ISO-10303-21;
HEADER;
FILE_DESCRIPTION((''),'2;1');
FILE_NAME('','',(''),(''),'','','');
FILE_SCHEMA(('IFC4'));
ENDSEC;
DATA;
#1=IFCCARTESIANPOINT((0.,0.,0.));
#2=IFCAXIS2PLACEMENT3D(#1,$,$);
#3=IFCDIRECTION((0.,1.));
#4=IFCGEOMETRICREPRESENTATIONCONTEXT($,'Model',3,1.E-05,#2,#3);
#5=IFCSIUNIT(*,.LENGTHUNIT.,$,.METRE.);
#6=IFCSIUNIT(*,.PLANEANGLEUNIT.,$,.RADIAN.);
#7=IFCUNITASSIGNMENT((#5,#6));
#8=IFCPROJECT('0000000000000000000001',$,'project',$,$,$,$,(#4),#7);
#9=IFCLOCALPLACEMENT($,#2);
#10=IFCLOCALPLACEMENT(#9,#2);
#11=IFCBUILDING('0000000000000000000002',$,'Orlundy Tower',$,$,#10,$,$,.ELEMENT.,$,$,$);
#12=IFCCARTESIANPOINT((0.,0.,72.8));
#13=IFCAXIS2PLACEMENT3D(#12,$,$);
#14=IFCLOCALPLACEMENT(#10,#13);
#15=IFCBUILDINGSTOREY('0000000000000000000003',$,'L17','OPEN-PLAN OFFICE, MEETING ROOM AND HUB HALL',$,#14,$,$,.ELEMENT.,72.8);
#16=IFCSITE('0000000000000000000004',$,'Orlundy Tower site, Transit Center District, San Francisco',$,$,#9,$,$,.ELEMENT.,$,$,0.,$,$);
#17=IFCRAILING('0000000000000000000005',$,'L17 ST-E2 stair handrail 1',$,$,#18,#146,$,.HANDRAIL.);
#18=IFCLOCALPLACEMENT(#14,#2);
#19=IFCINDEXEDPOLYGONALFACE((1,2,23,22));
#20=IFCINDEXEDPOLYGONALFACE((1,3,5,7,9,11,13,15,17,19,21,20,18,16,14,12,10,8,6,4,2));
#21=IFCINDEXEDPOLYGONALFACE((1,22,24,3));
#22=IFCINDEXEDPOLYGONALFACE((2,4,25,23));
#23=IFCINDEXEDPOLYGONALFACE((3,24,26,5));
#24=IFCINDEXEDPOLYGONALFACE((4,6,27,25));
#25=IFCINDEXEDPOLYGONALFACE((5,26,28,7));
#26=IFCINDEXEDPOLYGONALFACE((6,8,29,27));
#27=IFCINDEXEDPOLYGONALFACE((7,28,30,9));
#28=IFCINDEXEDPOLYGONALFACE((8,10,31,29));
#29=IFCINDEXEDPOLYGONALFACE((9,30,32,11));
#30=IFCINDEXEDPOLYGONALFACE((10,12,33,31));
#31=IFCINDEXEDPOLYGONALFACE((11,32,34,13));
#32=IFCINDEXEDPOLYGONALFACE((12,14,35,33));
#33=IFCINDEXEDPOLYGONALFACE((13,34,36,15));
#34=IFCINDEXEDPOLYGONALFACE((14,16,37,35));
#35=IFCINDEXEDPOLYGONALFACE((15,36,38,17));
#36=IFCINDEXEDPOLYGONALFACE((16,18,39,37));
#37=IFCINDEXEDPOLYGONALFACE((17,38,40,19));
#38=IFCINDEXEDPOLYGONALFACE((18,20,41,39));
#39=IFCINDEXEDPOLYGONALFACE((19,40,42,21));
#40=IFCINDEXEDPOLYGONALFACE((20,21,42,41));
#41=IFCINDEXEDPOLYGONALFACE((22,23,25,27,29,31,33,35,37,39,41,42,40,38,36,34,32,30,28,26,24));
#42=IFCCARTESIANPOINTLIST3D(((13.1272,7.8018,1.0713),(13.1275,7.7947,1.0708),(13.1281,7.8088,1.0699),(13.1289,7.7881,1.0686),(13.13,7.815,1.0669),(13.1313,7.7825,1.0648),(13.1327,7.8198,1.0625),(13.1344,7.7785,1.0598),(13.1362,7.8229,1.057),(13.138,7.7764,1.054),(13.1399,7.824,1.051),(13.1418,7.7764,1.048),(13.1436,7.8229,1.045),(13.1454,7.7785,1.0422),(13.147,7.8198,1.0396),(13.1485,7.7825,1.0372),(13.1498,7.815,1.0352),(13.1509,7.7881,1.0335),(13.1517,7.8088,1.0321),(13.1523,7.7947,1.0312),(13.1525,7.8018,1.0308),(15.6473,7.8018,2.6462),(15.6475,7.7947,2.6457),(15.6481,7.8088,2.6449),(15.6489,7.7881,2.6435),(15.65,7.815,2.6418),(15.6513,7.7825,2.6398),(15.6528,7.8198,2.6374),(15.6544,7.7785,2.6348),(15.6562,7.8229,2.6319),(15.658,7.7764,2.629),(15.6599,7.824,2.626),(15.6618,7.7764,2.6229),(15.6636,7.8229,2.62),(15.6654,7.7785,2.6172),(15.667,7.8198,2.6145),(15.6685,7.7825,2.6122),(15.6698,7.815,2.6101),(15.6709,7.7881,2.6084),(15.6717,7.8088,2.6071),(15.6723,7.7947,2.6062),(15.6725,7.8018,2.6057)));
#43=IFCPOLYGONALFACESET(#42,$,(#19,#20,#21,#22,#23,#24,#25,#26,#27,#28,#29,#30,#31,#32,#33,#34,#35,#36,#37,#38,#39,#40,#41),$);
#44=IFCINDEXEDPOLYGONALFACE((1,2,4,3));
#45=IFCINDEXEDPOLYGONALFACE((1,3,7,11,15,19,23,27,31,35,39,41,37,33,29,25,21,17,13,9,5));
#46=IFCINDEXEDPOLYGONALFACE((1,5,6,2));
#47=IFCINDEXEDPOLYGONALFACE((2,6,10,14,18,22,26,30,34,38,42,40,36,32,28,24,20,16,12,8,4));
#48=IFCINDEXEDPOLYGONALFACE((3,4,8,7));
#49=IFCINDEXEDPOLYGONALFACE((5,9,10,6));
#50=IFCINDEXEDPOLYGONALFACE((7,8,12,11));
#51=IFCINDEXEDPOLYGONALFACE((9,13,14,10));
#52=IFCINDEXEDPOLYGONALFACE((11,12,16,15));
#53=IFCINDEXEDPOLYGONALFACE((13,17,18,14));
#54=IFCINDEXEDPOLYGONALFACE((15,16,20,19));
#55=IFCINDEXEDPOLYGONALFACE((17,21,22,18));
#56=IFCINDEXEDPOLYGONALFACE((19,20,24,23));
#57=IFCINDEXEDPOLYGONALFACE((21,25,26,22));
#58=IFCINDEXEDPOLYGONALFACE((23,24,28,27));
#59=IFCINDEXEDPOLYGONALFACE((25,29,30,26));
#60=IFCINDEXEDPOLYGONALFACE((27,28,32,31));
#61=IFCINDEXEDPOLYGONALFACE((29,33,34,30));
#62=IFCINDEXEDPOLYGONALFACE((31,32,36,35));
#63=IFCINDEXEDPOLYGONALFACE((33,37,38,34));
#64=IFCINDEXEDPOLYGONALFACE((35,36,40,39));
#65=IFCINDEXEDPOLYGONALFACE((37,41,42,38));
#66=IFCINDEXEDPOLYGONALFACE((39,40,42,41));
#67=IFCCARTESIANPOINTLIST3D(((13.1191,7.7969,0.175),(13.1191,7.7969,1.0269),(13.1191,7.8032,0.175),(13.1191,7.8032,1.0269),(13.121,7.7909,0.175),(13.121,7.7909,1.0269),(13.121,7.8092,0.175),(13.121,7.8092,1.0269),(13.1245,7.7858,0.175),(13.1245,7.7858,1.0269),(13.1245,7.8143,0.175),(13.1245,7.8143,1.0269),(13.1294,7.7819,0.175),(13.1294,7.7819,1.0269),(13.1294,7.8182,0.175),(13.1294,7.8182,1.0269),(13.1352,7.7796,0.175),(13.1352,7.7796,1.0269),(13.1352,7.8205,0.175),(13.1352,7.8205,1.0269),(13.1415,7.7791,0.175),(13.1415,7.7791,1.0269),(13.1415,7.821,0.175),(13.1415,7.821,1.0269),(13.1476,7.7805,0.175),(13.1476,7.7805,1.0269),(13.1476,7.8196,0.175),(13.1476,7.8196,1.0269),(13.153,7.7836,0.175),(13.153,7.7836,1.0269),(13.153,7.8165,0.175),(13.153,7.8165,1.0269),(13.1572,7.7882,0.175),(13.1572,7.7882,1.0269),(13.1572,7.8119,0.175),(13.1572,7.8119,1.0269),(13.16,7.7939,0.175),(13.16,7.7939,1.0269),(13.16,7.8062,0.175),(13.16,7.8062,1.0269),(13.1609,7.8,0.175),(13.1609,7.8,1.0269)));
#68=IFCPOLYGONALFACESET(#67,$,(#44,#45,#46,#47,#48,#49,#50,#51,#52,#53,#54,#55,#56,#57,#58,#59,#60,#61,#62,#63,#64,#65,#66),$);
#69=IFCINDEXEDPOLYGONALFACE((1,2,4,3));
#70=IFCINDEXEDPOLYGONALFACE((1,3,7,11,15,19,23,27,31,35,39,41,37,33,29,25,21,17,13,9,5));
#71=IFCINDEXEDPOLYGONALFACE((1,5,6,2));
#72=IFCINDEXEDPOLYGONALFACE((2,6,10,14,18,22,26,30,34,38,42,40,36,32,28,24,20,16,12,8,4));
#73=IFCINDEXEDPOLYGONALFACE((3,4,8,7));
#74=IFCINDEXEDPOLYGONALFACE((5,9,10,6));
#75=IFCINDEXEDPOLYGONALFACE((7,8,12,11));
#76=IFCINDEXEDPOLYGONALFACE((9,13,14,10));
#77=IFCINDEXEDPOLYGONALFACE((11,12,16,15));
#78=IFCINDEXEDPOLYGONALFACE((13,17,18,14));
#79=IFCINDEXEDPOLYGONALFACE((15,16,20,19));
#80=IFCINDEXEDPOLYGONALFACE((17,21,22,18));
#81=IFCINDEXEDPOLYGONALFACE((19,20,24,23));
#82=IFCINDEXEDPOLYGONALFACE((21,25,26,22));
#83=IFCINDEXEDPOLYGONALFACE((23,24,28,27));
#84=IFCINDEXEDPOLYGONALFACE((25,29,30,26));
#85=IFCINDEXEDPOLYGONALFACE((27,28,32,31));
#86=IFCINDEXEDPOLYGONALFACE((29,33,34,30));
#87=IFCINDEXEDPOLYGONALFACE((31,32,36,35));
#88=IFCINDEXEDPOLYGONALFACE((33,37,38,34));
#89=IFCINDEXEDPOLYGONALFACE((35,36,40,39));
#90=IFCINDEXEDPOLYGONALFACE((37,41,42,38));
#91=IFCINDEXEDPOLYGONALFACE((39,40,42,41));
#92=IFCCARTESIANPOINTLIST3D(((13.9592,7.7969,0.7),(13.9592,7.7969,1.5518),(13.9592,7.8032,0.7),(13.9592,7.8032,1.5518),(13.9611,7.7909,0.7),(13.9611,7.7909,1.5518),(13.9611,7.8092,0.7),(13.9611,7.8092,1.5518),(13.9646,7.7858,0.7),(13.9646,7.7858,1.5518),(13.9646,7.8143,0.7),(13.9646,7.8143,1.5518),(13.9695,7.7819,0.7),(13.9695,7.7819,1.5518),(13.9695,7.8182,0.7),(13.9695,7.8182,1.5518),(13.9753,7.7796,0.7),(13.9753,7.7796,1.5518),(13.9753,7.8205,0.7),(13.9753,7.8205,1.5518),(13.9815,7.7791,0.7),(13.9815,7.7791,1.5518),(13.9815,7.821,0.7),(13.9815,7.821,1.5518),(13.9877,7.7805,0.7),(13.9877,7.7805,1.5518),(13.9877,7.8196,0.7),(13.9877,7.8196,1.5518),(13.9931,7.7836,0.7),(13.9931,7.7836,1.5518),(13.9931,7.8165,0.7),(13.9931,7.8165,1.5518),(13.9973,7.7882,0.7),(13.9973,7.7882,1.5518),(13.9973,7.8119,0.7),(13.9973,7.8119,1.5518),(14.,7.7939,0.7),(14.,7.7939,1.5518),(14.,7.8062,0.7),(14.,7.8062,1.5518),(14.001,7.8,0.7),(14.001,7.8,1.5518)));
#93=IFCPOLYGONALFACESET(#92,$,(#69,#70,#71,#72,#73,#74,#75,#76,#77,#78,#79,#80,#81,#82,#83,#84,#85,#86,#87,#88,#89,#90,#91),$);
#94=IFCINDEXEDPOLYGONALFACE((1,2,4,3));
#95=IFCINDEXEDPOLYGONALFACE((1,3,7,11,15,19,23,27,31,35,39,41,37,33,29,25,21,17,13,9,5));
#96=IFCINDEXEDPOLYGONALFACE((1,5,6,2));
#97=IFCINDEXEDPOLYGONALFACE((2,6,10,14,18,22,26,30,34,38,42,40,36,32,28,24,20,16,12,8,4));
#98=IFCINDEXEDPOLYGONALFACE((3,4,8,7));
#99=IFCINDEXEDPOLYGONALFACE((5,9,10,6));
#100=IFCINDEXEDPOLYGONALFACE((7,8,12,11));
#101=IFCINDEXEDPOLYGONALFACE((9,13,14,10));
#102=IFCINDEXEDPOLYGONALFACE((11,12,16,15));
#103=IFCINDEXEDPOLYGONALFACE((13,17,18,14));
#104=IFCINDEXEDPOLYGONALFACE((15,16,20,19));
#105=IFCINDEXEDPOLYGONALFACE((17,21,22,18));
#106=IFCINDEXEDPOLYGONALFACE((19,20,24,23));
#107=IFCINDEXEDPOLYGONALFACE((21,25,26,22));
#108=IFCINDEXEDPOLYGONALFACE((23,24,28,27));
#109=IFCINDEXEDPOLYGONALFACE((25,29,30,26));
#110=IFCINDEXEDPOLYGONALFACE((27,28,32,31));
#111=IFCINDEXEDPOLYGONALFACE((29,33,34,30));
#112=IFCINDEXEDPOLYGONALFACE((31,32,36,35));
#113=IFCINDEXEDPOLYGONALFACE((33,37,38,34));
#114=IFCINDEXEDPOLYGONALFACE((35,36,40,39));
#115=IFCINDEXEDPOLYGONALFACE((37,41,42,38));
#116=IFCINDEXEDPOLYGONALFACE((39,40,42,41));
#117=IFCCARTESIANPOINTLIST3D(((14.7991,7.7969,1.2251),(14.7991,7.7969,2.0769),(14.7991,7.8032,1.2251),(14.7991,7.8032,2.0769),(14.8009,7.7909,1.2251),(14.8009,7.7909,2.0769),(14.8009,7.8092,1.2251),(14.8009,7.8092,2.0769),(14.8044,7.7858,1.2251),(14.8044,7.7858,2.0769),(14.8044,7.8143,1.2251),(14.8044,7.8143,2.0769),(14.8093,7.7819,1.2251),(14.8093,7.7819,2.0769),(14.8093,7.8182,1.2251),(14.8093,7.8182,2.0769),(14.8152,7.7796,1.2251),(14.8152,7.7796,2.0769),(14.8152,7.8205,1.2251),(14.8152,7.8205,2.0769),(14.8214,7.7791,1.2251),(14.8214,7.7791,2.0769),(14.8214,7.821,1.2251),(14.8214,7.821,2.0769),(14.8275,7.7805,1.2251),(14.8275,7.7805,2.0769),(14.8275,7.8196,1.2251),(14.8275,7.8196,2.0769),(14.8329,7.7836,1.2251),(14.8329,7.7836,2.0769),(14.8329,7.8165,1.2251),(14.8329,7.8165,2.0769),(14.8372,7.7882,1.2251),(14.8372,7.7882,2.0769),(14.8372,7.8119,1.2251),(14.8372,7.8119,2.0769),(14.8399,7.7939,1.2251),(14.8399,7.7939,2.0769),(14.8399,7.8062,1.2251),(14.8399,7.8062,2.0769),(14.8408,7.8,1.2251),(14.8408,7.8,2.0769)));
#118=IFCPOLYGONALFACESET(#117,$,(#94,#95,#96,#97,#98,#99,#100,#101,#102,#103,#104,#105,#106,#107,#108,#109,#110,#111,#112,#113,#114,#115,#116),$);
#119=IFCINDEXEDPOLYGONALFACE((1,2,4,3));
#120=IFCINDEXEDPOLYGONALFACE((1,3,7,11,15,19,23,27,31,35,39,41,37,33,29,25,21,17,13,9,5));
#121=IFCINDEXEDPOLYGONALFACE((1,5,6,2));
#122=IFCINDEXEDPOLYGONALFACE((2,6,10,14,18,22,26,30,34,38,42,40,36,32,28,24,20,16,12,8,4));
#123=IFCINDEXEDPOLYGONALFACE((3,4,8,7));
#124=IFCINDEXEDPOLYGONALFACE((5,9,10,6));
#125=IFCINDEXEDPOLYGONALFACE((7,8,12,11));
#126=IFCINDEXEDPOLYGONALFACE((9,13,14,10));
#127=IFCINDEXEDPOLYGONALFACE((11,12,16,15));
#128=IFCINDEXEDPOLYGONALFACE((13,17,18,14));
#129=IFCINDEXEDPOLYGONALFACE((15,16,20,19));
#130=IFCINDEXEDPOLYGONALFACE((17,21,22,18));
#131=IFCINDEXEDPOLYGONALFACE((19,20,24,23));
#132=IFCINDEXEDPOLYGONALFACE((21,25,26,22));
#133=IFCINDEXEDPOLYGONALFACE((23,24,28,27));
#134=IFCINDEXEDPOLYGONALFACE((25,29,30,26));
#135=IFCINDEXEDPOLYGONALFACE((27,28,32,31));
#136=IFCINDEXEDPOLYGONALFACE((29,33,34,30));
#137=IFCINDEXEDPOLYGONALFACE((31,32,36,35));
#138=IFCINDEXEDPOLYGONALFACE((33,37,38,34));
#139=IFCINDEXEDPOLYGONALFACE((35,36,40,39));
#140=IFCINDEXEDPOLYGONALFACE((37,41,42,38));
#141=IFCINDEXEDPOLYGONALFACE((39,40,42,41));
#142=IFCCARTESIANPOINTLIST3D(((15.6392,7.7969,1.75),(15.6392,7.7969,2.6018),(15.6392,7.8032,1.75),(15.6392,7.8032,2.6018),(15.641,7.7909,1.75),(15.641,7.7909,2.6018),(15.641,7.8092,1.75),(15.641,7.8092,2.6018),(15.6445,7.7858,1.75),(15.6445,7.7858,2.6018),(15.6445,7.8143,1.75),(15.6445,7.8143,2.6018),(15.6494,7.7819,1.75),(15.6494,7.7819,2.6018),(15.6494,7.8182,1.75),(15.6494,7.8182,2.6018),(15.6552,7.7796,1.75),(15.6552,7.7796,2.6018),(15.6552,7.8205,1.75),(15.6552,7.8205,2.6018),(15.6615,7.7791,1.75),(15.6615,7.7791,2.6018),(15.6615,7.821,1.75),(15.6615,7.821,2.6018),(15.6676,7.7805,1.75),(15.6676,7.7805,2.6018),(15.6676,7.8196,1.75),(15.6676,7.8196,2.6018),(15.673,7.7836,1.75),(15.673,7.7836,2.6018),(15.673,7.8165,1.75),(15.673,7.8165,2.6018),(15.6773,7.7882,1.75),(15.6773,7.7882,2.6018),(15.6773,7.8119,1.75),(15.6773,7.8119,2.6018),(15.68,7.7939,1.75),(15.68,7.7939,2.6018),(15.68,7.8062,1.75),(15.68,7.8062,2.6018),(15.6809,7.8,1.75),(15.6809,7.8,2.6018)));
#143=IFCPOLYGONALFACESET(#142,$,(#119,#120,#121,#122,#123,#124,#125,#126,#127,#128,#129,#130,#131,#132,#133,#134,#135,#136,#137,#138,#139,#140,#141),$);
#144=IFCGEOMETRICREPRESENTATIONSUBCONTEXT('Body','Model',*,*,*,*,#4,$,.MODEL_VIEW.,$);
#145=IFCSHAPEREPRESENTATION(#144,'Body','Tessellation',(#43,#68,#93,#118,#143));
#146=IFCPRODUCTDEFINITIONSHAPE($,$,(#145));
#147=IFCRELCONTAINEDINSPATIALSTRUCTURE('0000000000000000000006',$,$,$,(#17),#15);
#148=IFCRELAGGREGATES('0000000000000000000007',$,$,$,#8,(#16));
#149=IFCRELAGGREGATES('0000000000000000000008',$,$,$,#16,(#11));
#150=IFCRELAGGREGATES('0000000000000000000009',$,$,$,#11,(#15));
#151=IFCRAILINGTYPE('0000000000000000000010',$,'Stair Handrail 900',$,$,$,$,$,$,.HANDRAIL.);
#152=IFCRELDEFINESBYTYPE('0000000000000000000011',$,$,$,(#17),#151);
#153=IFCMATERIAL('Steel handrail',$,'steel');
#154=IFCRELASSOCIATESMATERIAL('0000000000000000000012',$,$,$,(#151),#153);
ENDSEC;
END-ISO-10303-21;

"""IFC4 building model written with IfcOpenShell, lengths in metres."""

from ifc_helpers import new_model, si_unit, direction, frame, origin, origin_2d, place, context, subcontext, project, spatial, circle, extrude, material, type_object, element, save


model = new_model("IFC4")

# Units and contexts
model_context = context("Model", 3, precision=1e-05, world=origin(), true_north=direction((0.0, 1.0)))
body_context = subcontext(model_context, "Body", "Model", "MODEL_VIEW")
ifc_project = project(units=[si_unit("LENGTHUNIT", "METRE"), si_unit("PLANEANGLEUNIT", "RADIAN")], contexts=[model_context])

# Site, building, storey
site_placement = place(None, origin())
site = spatial("IfcSite", under=ifc_project, at=site_placement, Name="Orlundy Tower site, Transit Center District, San Francisco", CompositionType="ELEMENT", RefElevation=0.0)
building_placement = place(site_placement, origin())
building = spatial("IfcBuilding", under=site, at=building_placement, Name="Orlundy Tower", CompositionType="ELEMENT")
storey_placement = place(building_placement, frame((0.0, 0.0, 72.8)))
storey = spatial("IfcBuildingStorey", under=building, at=storey_placement, Name="L17", Description="OPEN-PLAN OFFICE, MEETING ROOM AND HUB HALL", CompositionType="ELEMENT", Elevation=72.8)

# Railing
ifc_material_1 = material(Name="Steel handrail", Category="steel")
railing_type_1 = type_object("IfcRailingType", Name="Stair Handrail 900", PredefinedType="HANDRAIL", material=ifc_material_1)
railing_1_placement = place(storey_placement, frame((13.1399, 7.8, 0.175)))
element("IfcRailing", 1, at=railing_1_placement, inside=storey, type_object=railing_type_1, Name="L17 ST-E2 stair handrail 1", PredefinedType="HANDRAIL", context=body_context, shape_type="SweptSolid", body=[
    extrude(circle(Radius=0.0239, at=origin_2d()), frame((0.0, 0.0, 0.876), z_axis=(0.848008, 0.0, 0.529984), x_axis=(0.0, 1.0, 0.0)), (0.0, 0.0, 1.0), 2.9717),
    extrude(circle(Radius=0.021, at=origin_2d()), origin(), (0.0, 0.0, 1.0), 0.8518),
    extrude(circle(Radius=0.021, at=origin_2d()), frame((0.8401, 0.0, 0.5249)), (0.0, 0.0, 1.0), 0.8518),
    extrude(circle(Radius=0.021, at=origin_2d()), frame((1.6799, 0.0, 1.05)), (0.0, 0.0, 1.0), 0.8518),
    extrude(circle(Radius=0.021, at=origin_2d()), frame((2.52, 0.0, 1.575)), (0.0, 0.0, 1.0), 0.8518),
])

save(model, "model.ifc")
